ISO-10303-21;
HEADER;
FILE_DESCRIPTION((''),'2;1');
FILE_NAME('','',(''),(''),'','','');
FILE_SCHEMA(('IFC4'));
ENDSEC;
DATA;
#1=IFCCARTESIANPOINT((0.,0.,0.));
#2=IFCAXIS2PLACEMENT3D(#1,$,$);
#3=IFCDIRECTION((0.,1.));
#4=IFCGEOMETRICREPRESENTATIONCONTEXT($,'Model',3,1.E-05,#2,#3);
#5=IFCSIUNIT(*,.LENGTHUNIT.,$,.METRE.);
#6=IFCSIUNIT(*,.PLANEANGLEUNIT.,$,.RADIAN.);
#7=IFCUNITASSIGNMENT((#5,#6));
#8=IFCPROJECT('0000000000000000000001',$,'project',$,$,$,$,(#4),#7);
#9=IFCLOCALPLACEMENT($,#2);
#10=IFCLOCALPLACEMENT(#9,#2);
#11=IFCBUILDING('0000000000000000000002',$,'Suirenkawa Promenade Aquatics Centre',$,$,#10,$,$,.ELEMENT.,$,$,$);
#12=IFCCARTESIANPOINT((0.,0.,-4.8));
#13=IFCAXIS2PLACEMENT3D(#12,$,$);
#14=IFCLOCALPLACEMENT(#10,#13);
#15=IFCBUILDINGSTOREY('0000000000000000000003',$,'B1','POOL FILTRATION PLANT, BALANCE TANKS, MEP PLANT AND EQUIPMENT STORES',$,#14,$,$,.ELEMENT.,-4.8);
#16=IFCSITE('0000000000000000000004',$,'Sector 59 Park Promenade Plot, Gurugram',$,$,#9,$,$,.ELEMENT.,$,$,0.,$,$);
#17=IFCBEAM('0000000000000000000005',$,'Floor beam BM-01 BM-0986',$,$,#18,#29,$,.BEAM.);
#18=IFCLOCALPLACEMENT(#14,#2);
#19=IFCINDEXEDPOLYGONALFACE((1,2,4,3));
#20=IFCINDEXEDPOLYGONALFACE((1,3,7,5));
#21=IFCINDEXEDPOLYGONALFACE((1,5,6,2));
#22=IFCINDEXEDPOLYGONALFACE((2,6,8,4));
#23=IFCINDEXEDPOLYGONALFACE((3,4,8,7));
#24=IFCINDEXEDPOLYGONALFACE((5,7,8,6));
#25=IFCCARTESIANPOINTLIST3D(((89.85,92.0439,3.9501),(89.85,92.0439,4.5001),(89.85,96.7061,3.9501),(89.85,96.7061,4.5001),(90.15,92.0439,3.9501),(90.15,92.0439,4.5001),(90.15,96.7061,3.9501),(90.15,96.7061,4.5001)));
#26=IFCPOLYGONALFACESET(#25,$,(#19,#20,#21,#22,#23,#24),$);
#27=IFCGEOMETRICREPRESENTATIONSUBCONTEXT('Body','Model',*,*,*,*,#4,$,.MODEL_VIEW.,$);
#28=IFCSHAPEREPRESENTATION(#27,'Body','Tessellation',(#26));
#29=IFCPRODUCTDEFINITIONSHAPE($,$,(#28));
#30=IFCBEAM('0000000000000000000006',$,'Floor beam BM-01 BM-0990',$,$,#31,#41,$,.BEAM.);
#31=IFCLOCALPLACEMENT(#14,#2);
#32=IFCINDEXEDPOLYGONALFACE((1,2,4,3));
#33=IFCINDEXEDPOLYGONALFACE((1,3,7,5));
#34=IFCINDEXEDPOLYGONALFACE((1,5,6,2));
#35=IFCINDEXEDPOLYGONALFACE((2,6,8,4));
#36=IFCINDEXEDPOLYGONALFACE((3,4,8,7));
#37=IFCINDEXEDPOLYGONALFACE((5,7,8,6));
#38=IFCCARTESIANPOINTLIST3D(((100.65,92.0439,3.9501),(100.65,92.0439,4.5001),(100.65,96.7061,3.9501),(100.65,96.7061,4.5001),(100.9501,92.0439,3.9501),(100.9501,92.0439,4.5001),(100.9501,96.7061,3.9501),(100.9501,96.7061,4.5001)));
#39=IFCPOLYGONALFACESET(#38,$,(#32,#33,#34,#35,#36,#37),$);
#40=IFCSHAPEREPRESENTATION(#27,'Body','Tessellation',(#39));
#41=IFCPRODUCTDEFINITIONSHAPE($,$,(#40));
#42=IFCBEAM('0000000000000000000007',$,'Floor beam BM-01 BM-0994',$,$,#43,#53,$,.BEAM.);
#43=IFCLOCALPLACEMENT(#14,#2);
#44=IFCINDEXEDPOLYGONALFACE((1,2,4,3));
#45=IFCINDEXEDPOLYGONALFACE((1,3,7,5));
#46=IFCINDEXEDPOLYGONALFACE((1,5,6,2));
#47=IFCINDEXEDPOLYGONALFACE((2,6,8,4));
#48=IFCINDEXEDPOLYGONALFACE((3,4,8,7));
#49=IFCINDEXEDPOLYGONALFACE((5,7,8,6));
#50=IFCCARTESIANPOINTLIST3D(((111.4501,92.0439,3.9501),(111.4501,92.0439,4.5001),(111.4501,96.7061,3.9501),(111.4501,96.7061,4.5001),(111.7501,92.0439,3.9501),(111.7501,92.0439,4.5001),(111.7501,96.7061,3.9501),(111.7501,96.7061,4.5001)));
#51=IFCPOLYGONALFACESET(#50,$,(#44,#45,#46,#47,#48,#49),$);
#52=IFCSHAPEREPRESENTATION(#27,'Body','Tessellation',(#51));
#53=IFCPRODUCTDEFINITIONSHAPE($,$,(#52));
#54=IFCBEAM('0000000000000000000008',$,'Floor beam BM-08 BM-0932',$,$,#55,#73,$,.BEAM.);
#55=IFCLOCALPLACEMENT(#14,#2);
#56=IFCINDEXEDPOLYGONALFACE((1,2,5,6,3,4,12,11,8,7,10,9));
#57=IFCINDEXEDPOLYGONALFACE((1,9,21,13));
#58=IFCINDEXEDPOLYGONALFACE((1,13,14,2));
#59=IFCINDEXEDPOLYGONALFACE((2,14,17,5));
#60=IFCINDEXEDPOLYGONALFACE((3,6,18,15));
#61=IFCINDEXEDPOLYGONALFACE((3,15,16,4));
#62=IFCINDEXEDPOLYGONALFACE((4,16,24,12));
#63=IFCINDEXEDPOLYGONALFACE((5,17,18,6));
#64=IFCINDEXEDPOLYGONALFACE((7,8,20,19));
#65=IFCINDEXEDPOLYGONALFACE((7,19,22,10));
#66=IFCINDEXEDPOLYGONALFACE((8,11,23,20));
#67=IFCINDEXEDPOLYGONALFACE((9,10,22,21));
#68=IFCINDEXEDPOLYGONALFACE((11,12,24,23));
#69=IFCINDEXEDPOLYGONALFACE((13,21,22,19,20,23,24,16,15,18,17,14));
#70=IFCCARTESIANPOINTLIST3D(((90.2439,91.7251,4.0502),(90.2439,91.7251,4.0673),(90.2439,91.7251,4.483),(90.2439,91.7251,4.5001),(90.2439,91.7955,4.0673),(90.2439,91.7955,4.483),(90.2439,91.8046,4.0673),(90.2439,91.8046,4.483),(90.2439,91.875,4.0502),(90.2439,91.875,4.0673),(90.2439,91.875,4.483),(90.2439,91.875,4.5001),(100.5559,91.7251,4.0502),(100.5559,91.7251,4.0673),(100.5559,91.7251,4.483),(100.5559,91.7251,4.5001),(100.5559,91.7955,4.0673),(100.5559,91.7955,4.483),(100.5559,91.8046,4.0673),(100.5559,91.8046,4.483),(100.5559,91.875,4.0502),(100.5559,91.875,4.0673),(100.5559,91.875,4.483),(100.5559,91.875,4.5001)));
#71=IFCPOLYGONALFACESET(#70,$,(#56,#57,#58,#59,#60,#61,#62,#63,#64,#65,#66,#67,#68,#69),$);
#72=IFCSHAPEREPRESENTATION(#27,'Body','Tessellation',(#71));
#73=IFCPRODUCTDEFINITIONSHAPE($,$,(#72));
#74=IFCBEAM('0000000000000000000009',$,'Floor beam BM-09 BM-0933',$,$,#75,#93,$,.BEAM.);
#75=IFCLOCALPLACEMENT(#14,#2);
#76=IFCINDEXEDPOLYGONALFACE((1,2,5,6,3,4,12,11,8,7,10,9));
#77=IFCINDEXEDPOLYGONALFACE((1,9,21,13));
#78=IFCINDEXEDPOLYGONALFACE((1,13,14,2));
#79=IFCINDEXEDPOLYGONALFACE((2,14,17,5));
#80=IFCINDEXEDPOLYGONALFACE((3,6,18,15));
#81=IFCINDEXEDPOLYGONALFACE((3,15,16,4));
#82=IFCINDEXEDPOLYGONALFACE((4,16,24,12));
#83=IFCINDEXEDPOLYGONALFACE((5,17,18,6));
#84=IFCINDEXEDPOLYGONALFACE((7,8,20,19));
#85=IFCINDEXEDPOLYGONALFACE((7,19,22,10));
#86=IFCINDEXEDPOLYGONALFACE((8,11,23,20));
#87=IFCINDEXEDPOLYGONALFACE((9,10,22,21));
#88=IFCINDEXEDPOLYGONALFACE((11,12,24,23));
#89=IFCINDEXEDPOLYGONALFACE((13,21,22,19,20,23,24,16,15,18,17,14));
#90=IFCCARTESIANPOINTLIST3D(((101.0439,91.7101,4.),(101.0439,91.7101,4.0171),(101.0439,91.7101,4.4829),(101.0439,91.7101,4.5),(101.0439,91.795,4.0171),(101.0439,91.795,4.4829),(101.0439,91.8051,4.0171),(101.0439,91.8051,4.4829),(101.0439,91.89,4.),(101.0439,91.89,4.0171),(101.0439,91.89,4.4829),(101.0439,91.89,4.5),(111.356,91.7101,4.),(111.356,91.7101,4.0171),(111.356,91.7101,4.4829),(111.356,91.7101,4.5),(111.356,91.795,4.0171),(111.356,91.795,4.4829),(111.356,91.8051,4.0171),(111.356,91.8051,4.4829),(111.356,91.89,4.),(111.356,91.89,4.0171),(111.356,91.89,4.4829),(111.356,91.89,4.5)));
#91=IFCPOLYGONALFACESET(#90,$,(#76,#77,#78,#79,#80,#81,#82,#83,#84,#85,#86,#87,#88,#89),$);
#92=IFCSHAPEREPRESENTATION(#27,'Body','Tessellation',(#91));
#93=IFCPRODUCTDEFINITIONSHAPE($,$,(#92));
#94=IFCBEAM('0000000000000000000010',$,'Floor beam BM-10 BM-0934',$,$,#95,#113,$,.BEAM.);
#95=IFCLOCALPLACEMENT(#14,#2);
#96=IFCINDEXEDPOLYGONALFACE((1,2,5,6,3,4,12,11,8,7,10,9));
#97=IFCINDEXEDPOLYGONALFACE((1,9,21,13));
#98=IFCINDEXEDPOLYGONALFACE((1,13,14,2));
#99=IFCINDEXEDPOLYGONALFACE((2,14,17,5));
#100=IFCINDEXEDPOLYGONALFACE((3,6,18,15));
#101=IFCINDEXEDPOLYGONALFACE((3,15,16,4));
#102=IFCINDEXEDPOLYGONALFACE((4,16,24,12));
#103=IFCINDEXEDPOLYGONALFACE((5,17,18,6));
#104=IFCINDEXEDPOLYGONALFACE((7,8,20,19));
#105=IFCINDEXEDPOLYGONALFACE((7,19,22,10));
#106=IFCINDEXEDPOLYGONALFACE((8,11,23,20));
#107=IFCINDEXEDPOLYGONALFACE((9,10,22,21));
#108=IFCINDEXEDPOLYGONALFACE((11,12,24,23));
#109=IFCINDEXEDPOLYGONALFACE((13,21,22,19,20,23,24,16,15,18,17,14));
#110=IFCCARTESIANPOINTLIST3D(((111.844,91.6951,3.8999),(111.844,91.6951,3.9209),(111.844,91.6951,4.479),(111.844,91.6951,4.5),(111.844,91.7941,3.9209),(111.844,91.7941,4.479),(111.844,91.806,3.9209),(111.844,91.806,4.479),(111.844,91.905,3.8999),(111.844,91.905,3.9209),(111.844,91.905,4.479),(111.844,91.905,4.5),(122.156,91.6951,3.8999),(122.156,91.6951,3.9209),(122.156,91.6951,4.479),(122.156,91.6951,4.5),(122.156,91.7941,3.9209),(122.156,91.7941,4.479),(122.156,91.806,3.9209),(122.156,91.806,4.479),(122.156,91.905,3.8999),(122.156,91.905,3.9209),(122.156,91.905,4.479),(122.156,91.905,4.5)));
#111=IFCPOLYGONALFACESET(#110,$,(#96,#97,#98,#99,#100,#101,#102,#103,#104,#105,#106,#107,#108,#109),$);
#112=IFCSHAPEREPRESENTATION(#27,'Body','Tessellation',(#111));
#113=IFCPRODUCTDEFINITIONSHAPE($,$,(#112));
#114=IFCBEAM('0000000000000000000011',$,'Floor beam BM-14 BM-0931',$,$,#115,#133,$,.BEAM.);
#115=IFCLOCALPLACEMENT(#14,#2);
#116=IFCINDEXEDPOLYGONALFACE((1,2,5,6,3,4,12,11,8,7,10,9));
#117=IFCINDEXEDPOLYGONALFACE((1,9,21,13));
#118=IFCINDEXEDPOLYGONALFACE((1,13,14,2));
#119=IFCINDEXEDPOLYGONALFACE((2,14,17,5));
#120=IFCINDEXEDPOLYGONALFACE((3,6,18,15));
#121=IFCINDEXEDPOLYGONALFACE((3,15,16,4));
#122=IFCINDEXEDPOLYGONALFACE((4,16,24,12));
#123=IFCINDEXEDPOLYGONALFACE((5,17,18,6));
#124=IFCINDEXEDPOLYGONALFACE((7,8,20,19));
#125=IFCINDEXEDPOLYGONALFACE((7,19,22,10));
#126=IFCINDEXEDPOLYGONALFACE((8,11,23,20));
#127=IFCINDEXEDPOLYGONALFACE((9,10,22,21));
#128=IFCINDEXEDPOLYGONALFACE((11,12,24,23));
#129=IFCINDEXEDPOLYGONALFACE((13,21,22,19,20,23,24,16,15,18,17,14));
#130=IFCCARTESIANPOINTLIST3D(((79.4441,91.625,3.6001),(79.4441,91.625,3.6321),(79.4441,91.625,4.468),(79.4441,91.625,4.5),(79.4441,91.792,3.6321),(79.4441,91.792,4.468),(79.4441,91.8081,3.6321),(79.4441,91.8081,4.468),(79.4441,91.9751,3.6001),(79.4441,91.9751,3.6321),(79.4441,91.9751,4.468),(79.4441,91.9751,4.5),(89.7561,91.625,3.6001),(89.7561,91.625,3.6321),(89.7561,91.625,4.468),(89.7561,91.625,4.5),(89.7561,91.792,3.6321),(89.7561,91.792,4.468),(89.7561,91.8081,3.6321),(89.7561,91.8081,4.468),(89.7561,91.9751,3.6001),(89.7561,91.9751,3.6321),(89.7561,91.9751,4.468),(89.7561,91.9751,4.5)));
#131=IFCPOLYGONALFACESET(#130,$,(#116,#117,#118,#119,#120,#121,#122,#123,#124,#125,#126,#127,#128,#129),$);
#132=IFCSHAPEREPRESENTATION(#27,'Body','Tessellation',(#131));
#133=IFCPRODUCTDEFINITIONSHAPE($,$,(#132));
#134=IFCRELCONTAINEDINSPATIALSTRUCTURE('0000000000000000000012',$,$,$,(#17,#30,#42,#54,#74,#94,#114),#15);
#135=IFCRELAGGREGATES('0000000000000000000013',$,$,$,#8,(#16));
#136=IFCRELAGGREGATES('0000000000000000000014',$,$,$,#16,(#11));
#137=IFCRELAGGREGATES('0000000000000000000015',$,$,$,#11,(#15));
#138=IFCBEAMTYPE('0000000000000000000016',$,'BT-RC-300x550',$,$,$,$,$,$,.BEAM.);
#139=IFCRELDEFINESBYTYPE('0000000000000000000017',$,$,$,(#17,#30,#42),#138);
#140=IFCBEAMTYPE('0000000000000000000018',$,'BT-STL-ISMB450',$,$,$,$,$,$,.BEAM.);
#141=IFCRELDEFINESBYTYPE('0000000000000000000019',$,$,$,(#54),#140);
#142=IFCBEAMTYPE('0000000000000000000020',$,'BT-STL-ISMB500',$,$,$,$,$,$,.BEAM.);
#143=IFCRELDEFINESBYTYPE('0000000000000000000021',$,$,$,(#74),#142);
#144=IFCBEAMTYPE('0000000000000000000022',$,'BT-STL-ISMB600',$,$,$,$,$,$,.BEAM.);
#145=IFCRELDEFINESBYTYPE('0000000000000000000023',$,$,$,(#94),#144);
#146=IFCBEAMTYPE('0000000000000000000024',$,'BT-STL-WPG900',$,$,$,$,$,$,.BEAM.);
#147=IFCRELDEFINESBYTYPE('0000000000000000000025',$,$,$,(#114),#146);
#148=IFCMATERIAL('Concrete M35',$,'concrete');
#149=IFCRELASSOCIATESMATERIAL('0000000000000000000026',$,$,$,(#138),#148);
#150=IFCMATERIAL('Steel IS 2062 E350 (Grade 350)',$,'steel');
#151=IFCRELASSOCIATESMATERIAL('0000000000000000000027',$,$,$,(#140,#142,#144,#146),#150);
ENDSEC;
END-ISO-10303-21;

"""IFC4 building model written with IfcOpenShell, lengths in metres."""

from ifc_helpers import new_model, si_unit, direction, frame, origin, origin_2d, place, context, subcontext, project, spatial, rectangle, i_section, extrude, material, material_profile, profile_set, type_object, element, save


model = new_model("IFC4")

# Units and contexts
model_context = context("Model", 3, precision=1e-05, world=origin(), true_north=direction((0.0, 1.0)))
body_context = subcontext(model_context, "Body", "Model", "MODEL_VIEW")
ifc_project = project(units=[si_unit("LENGTHUNIT", "METRE"), si_unit("PLANEANGLEUNIT", "RADIAN")], contexts=[model_context])

# Site, building, storey
site_placement = place(None, origin())
site = spatial("IfcSite", under=ifc_project, at=site_placement, Name="Sector 59 Park Promenade Plot, Gurugram", CompositionType="ELEMENT", RefElevation=0.0)
building_placement = place(site_placement, origin())
building = spatial("IfcBuilding", under=site, at=building_placement, Name="Suirenkawa Promenade Aquatics Centre", CompositionType="ELEMENT")
storey_placement = place(building_placement, frame((0.0, 0.0, -4.8)))
storey = spatial("IfcBuildingStorey", under=building, at=storey_placement, Name="B1", Description="POOL FILTRATION PLANT, BALANCE TANKS, MEP PLANT AND EQUIPMENT STORES", CompositionType="ELEMENT", Elevation=-4.8)

# Shared definitions
ifc_material_1 = material(Name="Concrete M35", Category="concrete")

# Beams
ifc_material_2 = material(Name="Steel IS 2062 E350 (Grade 350)", Category="steel")
ifc_material_profile_1 = material_profile(ifc_material_1, rectangle(XDim=0.3, YDim=0.55, at=origin_2d()), Name="RC BM 300x550", Category="concrete")
ifc_profile_set_1 = profile_set([ifc_material_profile_1], Name="Concrete M35")
beam_type_1 = type_object("IfcBeamType", Name="BT-RC-300x550", PredefinedType="BEAM", material=ifc_profile_set_1)
for number, where, z_axis, x_axis, name in (
    (1, (90.0, 92.0439, 4.2251), (0.0, 1.0, 0.0), (-1.0, 0.0, 0.0), "Floor beam BM-01 BM-0986"),
    (2, (100.8, 92.0439, 4.2251), (0.0, 1.0, 0.0), (-1.0, 0.0, 0.0), "Floor beam BM-01 BM-0990"),
    (3, (111.6001, 92.0439, 4.2251), (0.0, 1.0, 0.0), (-1.0, 0.0, 0.0), "Floor beam BM-01 BM-0994"),
):
    element("IfcBeam", number, at=place(storey_placement, frame(where, z_axis=z_axis, x_axis=x_axis)), inside=storey, type_object=beam_type_1, Name=name, PredefinedType="BEAM", context=body_context, shape_type="SweptSolid", body=[
        extrude(rectangle(XDim=0.3, YDim=0.55, at=origin_2d()), origin(), (0.0, 0.0, 1.0), 4.6621),
    ])
ifc_material_profile_2 = material_profile(ifc_material_2, i_section(OverallWidth=0.1499, OverallDepth=0.45, WebThickness=0.009, FlangeThickness=0.0171, at=origin_2d()), Name="ISMB 450", Category="steel")
ifc_profile_set_2 = profile_set([ifc_material_profile_2], Name="Steel IS 2062 E350 (Grade 350)")
beam_type_2 = type_object("IfcBeamType", Name="BT-STL-ISMB450", PredefinedType="BEAM", material=ifc_profile_set_2)
beam_1_placement = place(storey_placement, frame((90.2439, 91.8, 4.2751), z_axis=(1.0, 0.0, 0.0), x_axis=(0.0, 1.0, 0.0)))
element("IfcBeam", 4, at=beam_1_placement, inside=storey, type_object=beam_type_2, Name="Floor beam BM-08 BM-0932", PredefinedType="BEAM", context=body_context, shape_type="SweptSolid", body=[
    extrude(i_section(OverallWidth=0.1499, OverallDepth=0.45, WebThickness=0.009, FlangeThickness=0.0171, at=origin_2d()), origin(), (0.0, 0.0, 1.0), 10.312),
])
ifc_material_profile_3 = material_profile(ifc_material_2, i_section(OverallWidth=0.1799, OverallDepth=0.5, WebThickness=0.01, FlangeThickness=0.0171, at=origin_2d()), Name="ISMB 500", Category="steel")
ifc_profile_set_3 = profile_set([ifc_material_profile_3], Name="Steel IS 2062 E350 (Grade 350)")
beam_type_3 = type_object("IfcBeamType", Name="BT-STL-ISMB500", PredefinedType="BEAM", material=ifc_profile_set_3)
beam_2_placement = place(storey_placement, frame((101.0439, 91.8, 4.25), z_axis=(1.0, 0.0, 0.0), x_axis=(0.0, 1.0, 0.0)))
element("IfcBeam", 5, at=beam_2_placement, inside=storey, type_object=beam_type_3, Name="Floor beam BM-09 BM-0933", PredefinedType="BEAM", context=body_context, shape_type="SweptSolid", body=[
    extrude(i_section(OverallWidth=0.1799, OverallDepth=0.5, WebThickness=0.01, FlangeThickness=0.0171, at=origin_2d()), origin(), (0.0, 0.0, 1.0), 10.312),
])
ifc_material_profile_4 = material_profile(ifc_material_2, i_section(OverallWidth=0.21, OverallDepth=0.6001, WebThickness=0.012, FlangeThickness=0.021, at=origin_2d()), Name="ISMB 600", Category="steel")
ifc_profile_set_4 = profile_set([ifc_material_profile_4], Name="Steel IS 2062 E350 (Grade 350)")
beam_type_4 = type_object("IfcBeamType", Name="BT-STL-ISMB600", PredefinedType="BEAM", material=ifc_profile_set_4)
beam_3_placement = place(storey_placement, frame((111.844, 91.8, 4.2), z_axis=(1.0, 0.0, 0.0), x_axis=(0.0, 1.0, 0.0)))
element("IfcBeam", 6, at=beam_3_placement, inside=storey, type_object=beam_type_4, Name="Floor beam BM-10 BM-0934", PredefinedType="BEAM", context=body_context, shape_type="SweptSolid", body=[
    extrude(i_section(OverallWidth=0.21, OverallDepth=0.6001, WebThickness=0.012, FlangeThickness=0.021, at=origin_2d()), origin(), (0.0, 0.0, 1.0), 10.312),
])
ifc_material_profile_5 = material_profile(ifc_material_2, i_section(OverallWidth=0.3501, OverallDepth=0.8999, WebThickness=0.0161, FlangeThickness=0.032, at=origin_2d()), Name="WPG 900x350", Category="steel")
ifc_profile_set_5 = profile_set([ifc_material_profile_5], Name="Steel IS 2062 E350 (Grade 350)")
beam_type_5 = type_object("IfcBeamType", Name="BT-STL-WPG900", PredefinedType="BEAM", material=ifc_profile_set_5)
beam_4_placement = place(storey_placement, frame((79.4441, 91.8, 4.05), z_axis=(1.0, 0.0, 0.0), x_axis=(0.0, 1.0, 0.0)))
element("IfcBeam", 7, at=beam_4_placement, inside=storey, type_object=beam_type_5, Name="Floor beam BM-14 BM-0931", PredefinedType="BEAM", context=body_context, shape_type="SweptSolid", body=[
    extrude(i_section(OverallWidth=0.3501, OverallDepth=0.8999, WebThickness=0.0161, FlangeThickness=0.032, at=origin_2d()), origin(), (0.0, 0.0, 1.0), 10.312),
])

save(model, "model.ifc")
